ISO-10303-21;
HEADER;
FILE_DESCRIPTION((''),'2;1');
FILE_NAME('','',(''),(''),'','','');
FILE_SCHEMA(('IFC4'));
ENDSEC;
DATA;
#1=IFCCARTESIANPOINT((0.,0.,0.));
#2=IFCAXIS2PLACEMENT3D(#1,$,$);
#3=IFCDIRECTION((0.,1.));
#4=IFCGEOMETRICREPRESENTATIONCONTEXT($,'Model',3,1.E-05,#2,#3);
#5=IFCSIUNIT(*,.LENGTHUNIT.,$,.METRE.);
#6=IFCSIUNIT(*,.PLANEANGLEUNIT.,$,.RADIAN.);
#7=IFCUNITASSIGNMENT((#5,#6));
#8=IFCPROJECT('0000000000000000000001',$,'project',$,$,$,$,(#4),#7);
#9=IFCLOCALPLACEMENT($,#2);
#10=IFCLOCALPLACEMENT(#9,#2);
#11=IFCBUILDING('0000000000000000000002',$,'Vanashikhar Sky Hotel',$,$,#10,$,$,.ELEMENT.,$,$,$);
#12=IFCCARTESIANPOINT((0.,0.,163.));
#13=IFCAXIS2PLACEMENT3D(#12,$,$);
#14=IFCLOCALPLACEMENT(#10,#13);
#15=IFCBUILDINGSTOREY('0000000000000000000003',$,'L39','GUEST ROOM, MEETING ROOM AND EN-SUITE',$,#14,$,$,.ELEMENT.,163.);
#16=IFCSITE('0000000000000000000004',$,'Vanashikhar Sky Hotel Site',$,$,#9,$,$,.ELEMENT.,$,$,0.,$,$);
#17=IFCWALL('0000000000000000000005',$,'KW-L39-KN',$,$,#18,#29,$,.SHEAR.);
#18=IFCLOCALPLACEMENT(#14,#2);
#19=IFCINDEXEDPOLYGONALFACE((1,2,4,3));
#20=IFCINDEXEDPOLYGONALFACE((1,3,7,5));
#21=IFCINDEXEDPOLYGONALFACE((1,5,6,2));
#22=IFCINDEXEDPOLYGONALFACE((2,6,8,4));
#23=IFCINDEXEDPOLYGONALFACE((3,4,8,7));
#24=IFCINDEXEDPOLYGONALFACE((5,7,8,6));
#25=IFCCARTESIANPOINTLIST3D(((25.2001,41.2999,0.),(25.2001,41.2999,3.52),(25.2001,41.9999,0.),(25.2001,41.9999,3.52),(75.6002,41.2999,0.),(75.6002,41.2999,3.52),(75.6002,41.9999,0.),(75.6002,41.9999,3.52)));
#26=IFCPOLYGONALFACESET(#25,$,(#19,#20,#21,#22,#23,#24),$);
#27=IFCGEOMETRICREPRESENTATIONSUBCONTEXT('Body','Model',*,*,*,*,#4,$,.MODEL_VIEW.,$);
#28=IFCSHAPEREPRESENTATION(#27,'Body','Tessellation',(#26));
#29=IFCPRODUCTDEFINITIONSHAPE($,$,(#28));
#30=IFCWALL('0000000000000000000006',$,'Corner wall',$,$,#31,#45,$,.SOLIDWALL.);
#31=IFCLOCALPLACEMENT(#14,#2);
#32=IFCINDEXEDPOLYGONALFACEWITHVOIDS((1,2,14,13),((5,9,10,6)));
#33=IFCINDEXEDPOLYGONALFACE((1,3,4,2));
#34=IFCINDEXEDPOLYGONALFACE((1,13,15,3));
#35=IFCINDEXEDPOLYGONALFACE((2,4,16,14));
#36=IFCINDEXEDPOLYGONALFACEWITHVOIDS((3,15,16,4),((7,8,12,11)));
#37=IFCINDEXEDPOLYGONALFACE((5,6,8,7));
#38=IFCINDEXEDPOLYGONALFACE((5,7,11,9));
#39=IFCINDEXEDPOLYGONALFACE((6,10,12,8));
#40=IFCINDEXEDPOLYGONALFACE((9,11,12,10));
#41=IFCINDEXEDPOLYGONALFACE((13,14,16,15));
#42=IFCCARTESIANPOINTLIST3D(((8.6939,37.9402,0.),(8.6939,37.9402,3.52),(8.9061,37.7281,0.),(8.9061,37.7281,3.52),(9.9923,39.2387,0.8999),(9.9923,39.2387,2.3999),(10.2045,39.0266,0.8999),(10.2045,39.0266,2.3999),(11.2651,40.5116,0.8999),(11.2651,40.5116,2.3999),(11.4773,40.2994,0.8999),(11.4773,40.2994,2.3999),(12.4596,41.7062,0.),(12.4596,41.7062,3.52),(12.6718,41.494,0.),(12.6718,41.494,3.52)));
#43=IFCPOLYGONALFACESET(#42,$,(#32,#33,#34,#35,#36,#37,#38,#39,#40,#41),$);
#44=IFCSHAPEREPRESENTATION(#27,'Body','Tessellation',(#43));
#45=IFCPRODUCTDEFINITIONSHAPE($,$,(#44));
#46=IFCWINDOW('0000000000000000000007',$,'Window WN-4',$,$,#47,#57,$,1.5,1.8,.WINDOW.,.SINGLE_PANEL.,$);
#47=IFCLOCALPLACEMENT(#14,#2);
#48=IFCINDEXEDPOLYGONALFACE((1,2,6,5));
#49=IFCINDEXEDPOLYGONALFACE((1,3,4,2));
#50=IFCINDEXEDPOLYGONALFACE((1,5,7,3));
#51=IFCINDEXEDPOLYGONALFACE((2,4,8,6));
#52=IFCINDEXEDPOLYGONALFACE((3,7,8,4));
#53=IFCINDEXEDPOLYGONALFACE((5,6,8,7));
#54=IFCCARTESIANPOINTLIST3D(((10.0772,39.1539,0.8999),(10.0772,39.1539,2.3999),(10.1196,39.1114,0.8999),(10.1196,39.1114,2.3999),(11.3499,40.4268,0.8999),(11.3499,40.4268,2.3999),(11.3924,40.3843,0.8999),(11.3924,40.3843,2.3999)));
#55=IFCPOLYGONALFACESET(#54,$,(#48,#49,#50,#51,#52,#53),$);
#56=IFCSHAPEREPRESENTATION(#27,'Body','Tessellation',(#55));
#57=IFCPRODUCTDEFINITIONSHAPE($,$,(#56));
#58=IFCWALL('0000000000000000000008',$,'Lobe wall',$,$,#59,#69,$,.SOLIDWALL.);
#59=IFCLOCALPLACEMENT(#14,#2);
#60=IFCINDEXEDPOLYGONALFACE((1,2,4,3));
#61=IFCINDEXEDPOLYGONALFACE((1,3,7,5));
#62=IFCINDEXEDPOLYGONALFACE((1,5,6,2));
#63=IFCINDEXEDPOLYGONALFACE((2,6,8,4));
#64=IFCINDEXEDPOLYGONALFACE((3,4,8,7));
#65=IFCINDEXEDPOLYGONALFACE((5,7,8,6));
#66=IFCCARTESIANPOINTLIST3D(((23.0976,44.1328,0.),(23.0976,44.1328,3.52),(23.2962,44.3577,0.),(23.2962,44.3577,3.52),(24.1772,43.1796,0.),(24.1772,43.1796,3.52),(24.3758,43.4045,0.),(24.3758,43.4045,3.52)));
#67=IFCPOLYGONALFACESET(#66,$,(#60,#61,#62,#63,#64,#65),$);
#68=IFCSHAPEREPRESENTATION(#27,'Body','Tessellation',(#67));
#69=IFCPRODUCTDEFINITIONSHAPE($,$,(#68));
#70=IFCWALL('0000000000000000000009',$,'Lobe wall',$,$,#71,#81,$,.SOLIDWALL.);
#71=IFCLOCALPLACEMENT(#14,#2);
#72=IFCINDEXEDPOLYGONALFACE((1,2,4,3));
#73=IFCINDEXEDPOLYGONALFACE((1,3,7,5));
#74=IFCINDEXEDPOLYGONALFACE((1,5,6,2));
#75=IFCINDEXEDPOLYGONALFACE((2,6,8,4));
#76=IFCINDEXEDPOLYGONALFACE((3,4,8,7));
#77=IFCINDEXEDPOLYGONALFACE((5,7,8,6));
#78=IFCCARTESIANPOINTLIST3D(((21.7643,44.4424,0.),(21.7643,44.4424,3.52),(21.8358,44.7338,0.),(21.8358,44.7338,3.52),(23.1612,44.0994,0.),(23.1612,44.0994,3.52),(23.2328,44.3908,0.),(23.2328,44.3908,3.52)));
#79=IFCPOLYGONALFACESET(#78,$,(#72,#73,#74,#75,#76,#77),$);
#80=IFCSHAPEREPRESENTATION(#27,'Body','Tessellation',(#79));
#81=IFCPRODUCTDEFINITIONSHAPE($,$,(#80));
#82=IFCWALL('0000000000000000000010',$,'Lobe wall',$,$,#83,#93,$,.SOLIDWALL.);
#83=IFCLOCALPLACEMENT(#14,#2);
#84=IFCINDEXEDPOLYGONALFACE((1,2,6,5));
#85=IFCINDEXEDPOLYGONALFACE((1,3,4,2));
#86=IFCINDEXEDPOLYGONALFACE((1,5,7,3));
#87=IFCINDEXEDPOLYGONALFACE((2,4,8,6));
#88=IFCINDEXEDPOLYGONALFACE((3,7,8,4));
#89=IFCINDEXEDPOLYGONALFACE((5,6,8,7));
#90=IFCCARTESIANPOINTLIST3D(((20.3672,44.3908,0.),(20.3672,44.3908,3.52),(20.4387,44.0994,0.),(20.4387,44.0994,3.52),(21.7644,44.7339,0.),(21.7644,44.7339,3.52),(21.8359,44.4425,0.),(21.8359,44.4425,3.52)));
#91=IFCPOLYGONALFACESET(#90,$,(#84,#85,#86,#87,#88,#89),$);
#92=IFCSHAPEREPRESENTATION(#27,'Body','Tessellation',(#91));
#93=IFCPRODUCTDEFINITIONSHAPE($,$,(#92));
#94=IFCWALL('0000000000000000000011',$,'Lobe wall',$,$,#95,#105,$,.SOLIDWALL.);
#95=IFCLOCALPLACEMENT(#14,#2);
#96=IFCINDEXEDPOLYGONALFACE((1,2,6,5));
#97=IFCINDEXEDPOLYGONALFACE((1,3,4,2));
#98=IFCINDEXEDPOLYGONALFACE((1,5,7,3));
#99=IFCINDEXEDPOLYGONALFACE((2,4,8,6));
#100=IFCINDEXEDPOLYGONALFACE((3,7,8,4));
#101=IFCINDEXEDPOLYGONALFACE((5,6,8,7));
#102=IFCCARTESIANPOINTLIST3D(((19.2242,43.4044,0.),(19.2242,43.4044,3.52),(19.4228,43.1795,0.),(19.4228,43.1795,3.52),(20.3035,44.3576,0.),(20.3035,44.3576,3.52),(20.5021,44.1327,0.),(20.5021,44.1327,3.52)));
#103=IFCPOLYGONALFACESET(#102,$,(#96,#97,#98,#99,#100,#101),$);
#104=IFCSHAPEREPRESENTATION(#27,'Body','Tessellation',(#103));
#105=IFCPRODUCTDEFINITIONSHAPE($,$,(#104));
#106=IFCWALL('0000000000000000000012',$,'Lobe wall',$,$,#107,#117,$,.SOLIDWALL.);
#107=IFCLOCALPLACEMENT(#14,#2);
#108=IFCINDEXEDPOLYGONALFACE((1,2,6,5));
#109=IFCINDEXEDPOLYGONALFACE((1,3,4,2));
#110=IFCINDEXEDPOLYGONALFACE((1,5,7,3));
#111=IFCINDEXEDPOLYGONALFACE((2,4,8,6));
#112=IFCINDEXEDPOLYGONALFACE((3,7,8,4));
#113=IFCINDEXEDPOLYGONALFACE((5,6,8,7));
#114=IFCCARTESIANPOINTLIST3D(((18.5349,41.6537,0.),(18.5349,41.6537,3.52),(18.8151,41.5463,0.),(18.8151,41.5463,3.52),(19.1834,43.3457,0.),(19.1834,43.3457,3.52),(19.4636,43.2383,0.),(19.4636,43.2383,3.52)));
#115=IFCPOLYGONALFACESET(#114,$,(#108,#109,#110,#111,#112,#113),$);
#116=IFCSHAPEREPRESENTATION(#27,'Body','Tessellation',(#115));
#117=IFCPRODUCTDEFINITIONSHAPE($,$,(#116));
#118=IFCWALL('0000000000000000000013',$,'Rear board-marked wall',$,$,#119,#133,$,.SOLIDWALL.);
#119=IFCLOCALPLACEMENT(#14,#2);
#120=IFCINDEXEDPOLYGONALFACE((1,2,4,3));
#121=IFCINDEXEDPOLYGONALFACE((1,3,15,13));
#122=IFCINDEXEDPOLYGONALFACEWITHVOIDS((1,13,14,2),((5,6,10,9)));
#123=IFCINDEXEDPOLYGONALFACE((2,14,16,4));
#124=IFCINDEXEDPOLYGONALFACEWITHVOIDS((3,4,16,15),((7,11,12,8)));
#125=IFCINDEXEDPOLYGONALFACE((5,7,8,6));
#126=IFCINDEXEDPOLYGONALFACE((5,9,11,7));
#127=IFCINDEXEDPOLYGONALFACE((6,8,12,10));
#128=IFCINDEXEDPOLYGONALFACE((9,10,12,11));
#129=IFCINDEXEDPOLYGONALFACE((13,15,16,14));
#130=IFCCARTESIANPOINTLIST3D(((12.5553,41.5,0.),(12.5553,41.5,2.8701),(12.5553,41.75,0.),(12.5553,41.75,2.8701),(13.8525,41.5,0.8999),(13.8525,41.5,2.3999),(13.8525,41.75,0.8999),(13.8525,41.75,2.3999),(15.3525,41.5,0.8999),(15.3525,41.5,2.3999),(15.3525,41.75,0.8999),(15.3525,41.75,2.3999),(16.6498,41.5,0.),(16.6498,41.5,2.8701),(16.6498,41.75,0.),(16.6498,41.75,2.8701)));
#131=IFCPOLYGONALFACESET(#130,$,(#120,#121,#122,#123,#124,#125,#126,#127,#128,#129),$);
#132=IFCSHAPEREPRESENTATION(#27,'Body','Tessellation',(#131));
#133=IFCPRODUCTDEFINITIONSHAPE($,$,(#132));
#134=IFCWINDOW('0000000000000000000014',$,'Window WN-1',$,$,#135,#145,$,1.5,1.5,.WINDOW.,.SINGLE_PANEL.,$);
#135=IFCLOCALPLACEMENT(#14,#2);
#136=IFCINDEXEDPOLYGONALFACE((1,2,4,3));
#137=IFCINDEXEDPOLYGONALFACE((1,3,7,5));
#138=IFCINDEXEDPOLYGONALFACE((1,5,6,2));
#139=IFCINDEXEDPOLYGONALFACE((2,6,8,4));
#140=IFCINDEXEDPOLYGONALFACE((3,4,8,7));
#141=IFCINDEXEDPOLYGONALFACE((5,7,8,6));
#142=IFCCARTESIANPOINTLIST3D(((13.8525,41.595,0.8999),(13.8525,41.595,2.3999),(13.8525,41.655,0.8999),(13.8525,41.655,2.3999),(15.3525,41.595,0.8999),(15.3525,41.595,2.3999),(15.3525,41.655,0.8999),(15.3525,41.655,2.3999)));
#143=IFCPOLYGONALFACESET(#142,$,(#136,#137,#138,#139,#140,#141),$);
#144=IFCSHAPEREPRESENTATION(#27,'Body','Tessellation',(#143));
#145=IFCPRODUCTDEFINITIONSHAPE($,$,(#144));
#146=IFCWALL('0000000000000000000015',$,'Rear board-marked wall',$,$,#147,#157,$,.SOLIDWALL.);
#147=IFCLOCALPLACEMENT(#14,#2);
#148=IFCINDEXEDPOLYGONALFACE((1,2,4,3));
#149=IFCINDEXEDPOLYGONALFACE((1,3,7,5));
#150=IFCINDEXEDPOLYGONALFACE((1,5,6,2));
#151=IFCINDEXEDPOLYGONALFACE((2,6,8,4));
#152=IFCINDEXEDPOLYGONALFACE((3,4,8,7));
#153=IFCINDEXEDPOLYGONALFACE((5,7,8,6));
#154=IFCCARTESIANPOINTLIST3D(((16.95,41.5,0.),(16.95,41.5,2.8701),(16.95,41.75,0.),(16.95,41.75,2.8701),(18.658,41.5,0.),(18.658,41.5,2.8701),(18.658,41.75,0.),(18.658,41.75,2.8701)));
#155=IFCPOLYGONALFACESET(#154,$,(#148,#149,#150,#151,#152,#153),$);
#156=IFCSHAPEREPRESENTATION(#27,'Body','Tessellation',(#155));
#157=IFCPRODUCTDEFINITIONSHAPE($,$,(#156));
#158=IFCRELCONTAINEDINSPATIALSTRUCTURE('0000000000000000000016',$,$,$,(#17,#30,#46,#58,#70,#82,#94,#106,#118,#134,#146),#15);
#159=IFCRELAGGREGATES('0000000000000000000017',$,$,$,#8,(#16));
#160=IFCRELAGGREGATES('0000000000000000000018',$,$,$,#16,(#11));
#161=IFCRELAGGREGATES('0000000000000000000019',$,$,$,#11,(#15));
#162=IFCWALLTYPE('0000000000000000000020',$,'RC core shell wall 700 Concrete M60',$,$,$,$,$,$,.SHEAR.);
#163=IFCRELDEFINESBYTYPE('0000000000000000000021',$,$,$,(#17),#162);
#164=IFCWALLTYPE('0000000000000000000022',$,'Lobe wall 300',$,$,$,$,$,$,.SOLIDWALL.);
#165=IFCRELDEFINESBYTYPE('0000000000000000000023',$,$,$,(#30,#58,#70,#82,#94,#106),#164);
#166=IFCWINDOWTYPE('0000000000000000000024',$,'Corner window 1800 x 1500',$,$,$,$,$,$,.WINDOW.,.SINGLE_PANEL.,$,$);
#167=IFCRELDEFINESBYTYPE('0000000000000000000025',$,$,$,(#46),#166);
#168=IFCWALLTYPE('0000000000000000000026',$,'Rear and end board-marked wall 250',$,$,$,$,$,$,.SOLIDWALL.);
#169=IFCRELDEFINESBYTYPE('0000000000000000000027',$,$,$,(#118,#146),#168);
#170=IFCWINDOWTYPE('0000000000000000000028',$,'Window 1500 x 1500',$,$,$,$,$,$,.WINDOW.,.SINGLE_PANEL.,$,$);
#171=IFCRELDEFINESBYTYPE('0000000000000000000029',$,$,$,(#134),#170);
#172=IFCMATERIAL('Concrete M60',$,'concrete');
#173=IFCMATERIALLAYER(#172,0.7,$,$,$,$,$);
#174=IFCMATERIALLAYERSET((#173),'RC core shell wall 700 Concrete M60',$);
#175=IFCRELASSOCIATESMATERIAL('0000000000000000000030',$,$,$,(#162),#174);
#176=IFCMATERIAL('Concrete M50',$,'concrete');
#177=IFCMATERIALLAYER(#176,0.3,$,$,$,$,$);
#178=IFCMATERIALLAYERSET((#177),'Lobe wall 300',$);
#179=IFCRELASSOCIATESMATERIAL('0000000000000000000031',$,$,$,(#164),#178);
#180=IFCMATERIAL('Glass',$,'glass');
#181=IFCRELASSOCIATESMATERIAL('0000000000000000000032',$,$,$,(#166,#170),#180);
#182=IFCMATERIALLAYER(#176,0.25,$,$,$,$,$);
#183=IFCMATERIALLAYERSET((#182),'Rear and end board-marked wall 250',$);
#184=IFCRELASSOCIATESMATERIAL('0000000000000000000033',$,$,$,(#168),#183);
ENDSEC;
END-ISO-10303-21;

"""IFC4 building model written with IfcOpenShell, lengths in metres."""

from ifc_helpers import new_model, si_unit, direction, frame, frame_2d, origin, place, context, subcontext, project, spatial, rectangle, extrude, source, transform, mapped, material, layer, layer_set, type_object, element, fill, save


model = new_model("IFC4")

# Units and contexts
model_context = context("Model", 3, precision=1e-05, world=origin(), true_north=direction((0.0, 1.0)))
body_context = subcontext(model_context, "Body", "Model", "MODEL_VIEW")
ifc_project = project(units=[si_unit("LENGTHUNIT", "METRE"), si_unit("PLANEANGLEUNIT", "RADIAN")], contexts=[model_context])

# Site, building, storey
site_placement = place(None, origin())
site = spatial("IfcSite", under=ifc_project, at=site_placement, Name="Vanashikhar Sky Hotel Site", CompositionType="ELEMENT", RefElevation=0.0)
building_placement = place(site_placement, origin())
building = spatial("IfcBuilding", under=site, at=building_placement, Name="Vanashikhar Sky Hotel", CompositionType="ELEMENT")
storey_placement = place(building_placement, frame((0.0, 0.0, 163.0)))
storey = spatial("IfcBuildingStorey", under=building, at=storey_placement, Name="L39", Description="GUEST ROOM, MEETING ROOM AND EN-SUITE", CompositionType="ELEMENT", Elevation=163.0)

# Wall
ifc_material_1 = material(Name="Concrete M60", Category="concrete")
ifc_layer_1 = layer(ifc_material_1, 0.7)
ifc_layer_set_1 = layer_set([ifc_layer_1], Name="RC core shell wall 700 Concrete M60")
wall_type_1 = type_object("IfcWallType", Name="RC core shell wall 700 Concrete M60", PredefinedType="SHEAR", material=ifc_layer_set_1)
shared_shape_1 = source(origin(), body_context, "Body", "SweptSolid", [
    extrude(rectangle(XDim=50.4001, YDim=0.7, at=frame_2d((25.2002, 0.0))), origin(), (0.0, 0.0, 1.0), 3.52),
])
wall_1_placement = place(storey_placement, frame((25.2, 41.6499, 0.0), z_axis=(0.0, 0.0, 1.0), x_axis=(1.0, 0.0, 0.0)))
element("IfcWall", 1, at=wall_1_placement, inside=storey, type_object=wall_type_1, Name="KW-L39-KN", PredefinedType="SHEAR", context=body_context, shape_type="MappedRepresentation", body=[
    mapped(shared_shape_1, transform((0.0, 0.0, 0.0), scale=1.0)),
])

# Wall, opening, window
ifc_material_2 = material(Name="Concrete M50", Category="concrete")
ifc_layer_2 = layer(ifc_material_2, 0.3)
ifc_layer_set_2 = layer_set([ifc_layer_2], Name="Lobe wall 300")
wall_type_2 = type_object("IfcWallType", Name="Lobe wall 300", PredefinedType="SOLIDWALL", material=ifc_layer_set_2)
shared_shape_2 = source(origin(), body_context, "Body", "SweptSolid", [
    extrude(rectangle(XDim=5.3257, YDim=0.3, at=frame_2d((2.6628, 0.0))), origin(), (0.0, 0.0, 1.0), 3.52),
])
wall_2_placement = place(storey_placement, frame((12.5657, 41.6001, 0.0), z_axis=(0.0, 0.0, 1.0), x_axis=(-0.707084, -0.70713, 0.0)))
wall_2 = element("IfcWall", 2, at=wall_2_placement, inside=storey, type_object=wall_type_2, Name="Corner wall", PredefinedType="SOLIDWALL", context=body_context, shape_type="MappedRepresentation", body=[
    mapped(shared_shape_2, transform((0.0, 0.0, 0.0), scale=1.0)),
])
shared_shape_3 = source(origin(), body_context, "Body", "SweptSolid", [
    extrude(rectangle(XDim=1.8, YDim=1.5, at=frame_2d((0.8999, 0.75))), frame((0.0, 0.1602, 0.0), z_axis=(0.0, -1.0, 0.0), x_axis=(1.0, 0.0, 0.0)), (0.0, 0.0, 1.0), 0.3201),
])
opening_1_placement = place(wall_2_placement, frame((1.6895, 0.0, 0.8999)))
opening_1 = element("IfcOpeningElement", 3, at=opening_1_placement, cuts=wall_2, PredefinedType="OPENING", context=body_context, shape_type="MappedRepresentation", body=[
    mapped(shared_shape_3, transform((0.0, 0.0, 0.0), scale=1.0)),
])
ifc_material_3 = material(Name="Glass", Category="glass")
window_type_1 = type_object("IfcWindowType", Name="Corner window 1800 x 1500", PartitioningType="SINGLE_PANEL", PredefinedType="WINDOW", material=ifc_material_3)
shared_shape_4 = source(origin(), body_context, "Body", "SweptSolid", [
    extrude(rectangle(XDim=1.8, YDim=1.5, at=frame_2d((0.8999, 0.75))), frame((0.0, 0.03, 0.0), z_axis=(0.0, -1.0, 0.0), x_axis=(1.0, 0.0, 0.0)), (0.0, 0.0, 1.0), 0.0601),
])
window_1_placement = place(opening_1_placement, origin())
window_1 = element("IfcWindow", 4, at=window_1_placement, inside=storey, type_object=window_type_1, Name="Window WN-4", OverallHeight=1.5, OverallWidth=1.8, PartitioningType="SINGLE_PANEL", PredefinedType="WINDOW", context=body_context, shape_type="MappedRepresentation", body=[
    mapped(shared_shape_4, transform((0.0, 0.0, 0.0), scale=1.0)),
])
fill(opening_1, window_1)

# Walls
shared_shape_5 = source(origin(), body_context, "Body", "SweptSolid", [
    extrude(rectangle(XDim=1.4402, YDim=0.3, at=frame_2d((0.7202, 0.0))), origin(), (0.0, 0.0, 1.0), 3.52),
])
wall_3_placement = place(storey_placement, frame((24.2766, 43.292, 0.0), z_axis=(0.0, 0.0, 1.0), x_axis=(-0.74965, 0.661835, 0.0)))
element("IfcWall", 5, at=wall_3_placement, inside=storey, type_object=wall_type_2, Name="Lobe wall", PredefinedType="SOLIDWALL", context=body_context, shape_type="MappedRepresentation", body=[
    mapped(shared_shape_5, transform((0.0, 0.0, 0.0), scale=1.0)),
])
shared_shape_6 = source(origin(), body_context, "Body", "SweptSolid", [
    extrude(rectangle(XDim=1.4385, YDim=0.3, at=frame_2d((0.7192, 0.0))), origin(), (0.0, 0.0, 1.0), 3.52),
])
wall_4_placement = place(storey_placement, frame((23.197, 44.2451, 0.0), z_axis=(0.0, 0.0, 1.0), x_axis=(-0.971152, 0.23846, 0.0)))
element("IfcWall", 6, at=wall_4_placement, inside=storey, type_object=wall_type_2, Name="Lobe wall", PredefinedType="SOLIDWALL", context=body_context, shape_type="MappedRepresentation", body=[
    mapped(shared_shape_6, transform((0.0, 0.0, 0.0), scale=1.0)),
])
shared_shape_7 = source(origin(), body_context, "Body", "SweptSolid", [
    extrude(rectangle(XDim=1.4387, YDim=0.3, at=frame_2d((0.7192, 0.0))), origin(), (0.0, 0.0, 1.0), 3.52),
])
wall_5_placement = place(storey_placement, frame((21.8, 44.5881, 0.0), z_axis=(0.0, 0.0, 1.0), x_axis=(-0.971162, -0.238421, 0.0)))
element("IfcWall", 7, at=wall_5_placement, inside=storey, type_object=wall_type_2, Name="Lobe wall", PredefinedType="SOLIDWALL", context=body_context, shape_type="MappedRepresentation", body=[
    mapped(shared_shape_7, transform((0.0, 0.0, 0.0), scale=1.0)),
])
shared_shape_8 = source(origin(), body_context, "Body", "SweptSolid", [
    extrude(rectangle(XDim=1.4399, YDim=0.3, at=frame_2d((0.72, 0.0))), origin(), (0.0, 0.0, 1.0), 3.52),
])
wall_6_placement = place(storey_placement, frame((20.4028, 44.2451, 0.0), z_axis=(0.0, 0.0, 1.0), x_axis=(-0.749576, -0.661919, 0.0)))
element("IfcWall", 8, at=wall_6_placement, inside=storey, type_object=wall_type_2, Name="Lobe wall", PredefinedType="SOLIDWALL", context=body_context, shape_type="MappedRepresentation", body=[
    mapped(shared_shape_8, transform((0.0, 0.0, 0.0), scale=1.0)),
])
shared_shape_9 = source(origin(), body_context, "Body", "SweptSolid", [
    extrude(rectangle(XDim=1.812, YDim=0.3, at=frame_2d((0.906, 0.0))), origin(), (0.0, 0.0, 1.0), 3.52),
])
wall_7_placement = place(storey_placement, frame((19.3235, 43.292, 0.0), z_axis=(0.0, 0.0, 1.0), x_axis=(-0.357877, -0.933769, 0.0)))
element("IfcWall", 9, at=wall_7_placement, inside=storey, type_object=wall_type_2, Name="Lobe wall", PredefinedType="SOLIDWALL", context=body_context, shape_type="MappedRepresentation", body=[
    mapped(shared_shape_9, transform((0.0, 0.0, 0.0), scale=1.0)),
])

# Wall, opening, window
ifc_layer_3 = layer(ifc_material_2, 0.25)
ifc_layer_set_3 = layer_set([ifc_layer_3], Name="Rear and end board-marked wall 250")
wall_type_3 = type_object("IfcWallType", Name="Rear and end board-marked wall 250", PredefinedType="SOLIDWALL", material=ifc_layer_set_3)
shared_shape_10 = source(origin(), body_context, "Body", "SweptSolid", [
    extrude(rectangle(XDim=4.0945, YDim=0.25, at=frame_2d((2.0474, 0.0))), origin(), (0.0, 0.0, 1.0), 2.8701),
])
wall_8_placement = place(storey_placement, frame((16.6499, 41.625, 0.0), z_axis=(0.0, 0.0, 1.0), x_axis=(-1.0, 0.0, 0.0)))
wall_8 = element("IfcWall", 10, at=wall_8_placement, inside=storey, type_object=wall_type_3, Name="Rear board-marked wall", PredefinedType="SOLIDWALL", context=body_context, shape_type="MappedRepresentation", body=[
    mapped(shared_shape_10, transform((0.0, 0.0, 0.0), scale=1.0)),
])
shared_shape_11 = source(origin(), body_context, "Body", "SweptSolid", [
    extrude(rectangle(XDim=1.5, YDim=1.5, at=frame_2d((0.75, 0.75))), frame((0.0, 0.135, 0.0), z_axis=(0.0, -1.0, 0.0), x_axis=(1.0, 0.0, 0.0)), (0.0, 0.0, 1.0), 0.27),
])
opening_2_placement = place(wall_8_placement, frame((1.2974, 0.0, 0.8999)))
opening_2 = element("IfcOpeningElement", 11, at=opening_2_placement, cuts=wall_8, PredefinedType="OPENING", context=body_context, shape_type="MappedRepresentation", body=[
    mapped(shared_shape_11, transform((0.0, 0.0, 0.0), scale=1.0)),
])
window_type_2 = type_object("IfcWindowType", Name="Window 1500 x 1500", PartitioningType="SINGLE_PANEL", PredefinedType="WINDOW", material=ifc_material_3)
shared_shape_12 = source(origin(), body_context, "Body", "SweptSolid", [
    extrude(rectangle(XDim=1.5, YDim=1.5, at=frame_2d((0.75, 0.75))), frame((0.0, 0.03, 0.0), z_axis=(0.0, -1.0, 0.0), x_axis=(1.0, 0.0, 0.0)), (0.0, 0.0, 1.0), 0.0601),
])
window_2_placement = place(opening_2_placement, origin())
window_2 = element("IfcWindow", 12, at=window_2_placement, inside=storey, type_object=window_type_2, Name="Window WN-1", OverallHeight=1.5, OverallWidth=1.5, PartitioningType="SINGLE_PANEL", PredefinedType="WINDOW", context=body_context, shape_type="MappedRepresentation", body=[
    mapped(shared_shape_12, transform((0.0, 0.0, 0.0), scale=1.0)),
])
fill(opening_2, window_2)

# Wall
shared_shape_13 = source(origin(), body_context, "Body", "SweptSolid", [
    extrude(rectangle(XDim=1.708, YDim=0.25, at=frame_2d((0.854, 0.0))), origin(), (0.0, 0.0, 1.0), 2.8701),
])
wall_9_placement = place(storey_placement, frame((18.658, 41.625, 0.0), z_axis=(0.0, 0.0, 1.0), x_axis=(-1.0, 0.0, 0.0)))
element("IfcWall", 13, at=wall_9_placement, inside=storey, type_object=wall_type_3, Name="Rear board-marked wall", PredefinedType="SOLIDWALL", context=body_context, shape_type="MappedRepresentation", body=[
    mapped(shared_shape_13, transform((0.0, 0.0, 0.0), scale=1.0)),
])

save(model, "model.ifc")
